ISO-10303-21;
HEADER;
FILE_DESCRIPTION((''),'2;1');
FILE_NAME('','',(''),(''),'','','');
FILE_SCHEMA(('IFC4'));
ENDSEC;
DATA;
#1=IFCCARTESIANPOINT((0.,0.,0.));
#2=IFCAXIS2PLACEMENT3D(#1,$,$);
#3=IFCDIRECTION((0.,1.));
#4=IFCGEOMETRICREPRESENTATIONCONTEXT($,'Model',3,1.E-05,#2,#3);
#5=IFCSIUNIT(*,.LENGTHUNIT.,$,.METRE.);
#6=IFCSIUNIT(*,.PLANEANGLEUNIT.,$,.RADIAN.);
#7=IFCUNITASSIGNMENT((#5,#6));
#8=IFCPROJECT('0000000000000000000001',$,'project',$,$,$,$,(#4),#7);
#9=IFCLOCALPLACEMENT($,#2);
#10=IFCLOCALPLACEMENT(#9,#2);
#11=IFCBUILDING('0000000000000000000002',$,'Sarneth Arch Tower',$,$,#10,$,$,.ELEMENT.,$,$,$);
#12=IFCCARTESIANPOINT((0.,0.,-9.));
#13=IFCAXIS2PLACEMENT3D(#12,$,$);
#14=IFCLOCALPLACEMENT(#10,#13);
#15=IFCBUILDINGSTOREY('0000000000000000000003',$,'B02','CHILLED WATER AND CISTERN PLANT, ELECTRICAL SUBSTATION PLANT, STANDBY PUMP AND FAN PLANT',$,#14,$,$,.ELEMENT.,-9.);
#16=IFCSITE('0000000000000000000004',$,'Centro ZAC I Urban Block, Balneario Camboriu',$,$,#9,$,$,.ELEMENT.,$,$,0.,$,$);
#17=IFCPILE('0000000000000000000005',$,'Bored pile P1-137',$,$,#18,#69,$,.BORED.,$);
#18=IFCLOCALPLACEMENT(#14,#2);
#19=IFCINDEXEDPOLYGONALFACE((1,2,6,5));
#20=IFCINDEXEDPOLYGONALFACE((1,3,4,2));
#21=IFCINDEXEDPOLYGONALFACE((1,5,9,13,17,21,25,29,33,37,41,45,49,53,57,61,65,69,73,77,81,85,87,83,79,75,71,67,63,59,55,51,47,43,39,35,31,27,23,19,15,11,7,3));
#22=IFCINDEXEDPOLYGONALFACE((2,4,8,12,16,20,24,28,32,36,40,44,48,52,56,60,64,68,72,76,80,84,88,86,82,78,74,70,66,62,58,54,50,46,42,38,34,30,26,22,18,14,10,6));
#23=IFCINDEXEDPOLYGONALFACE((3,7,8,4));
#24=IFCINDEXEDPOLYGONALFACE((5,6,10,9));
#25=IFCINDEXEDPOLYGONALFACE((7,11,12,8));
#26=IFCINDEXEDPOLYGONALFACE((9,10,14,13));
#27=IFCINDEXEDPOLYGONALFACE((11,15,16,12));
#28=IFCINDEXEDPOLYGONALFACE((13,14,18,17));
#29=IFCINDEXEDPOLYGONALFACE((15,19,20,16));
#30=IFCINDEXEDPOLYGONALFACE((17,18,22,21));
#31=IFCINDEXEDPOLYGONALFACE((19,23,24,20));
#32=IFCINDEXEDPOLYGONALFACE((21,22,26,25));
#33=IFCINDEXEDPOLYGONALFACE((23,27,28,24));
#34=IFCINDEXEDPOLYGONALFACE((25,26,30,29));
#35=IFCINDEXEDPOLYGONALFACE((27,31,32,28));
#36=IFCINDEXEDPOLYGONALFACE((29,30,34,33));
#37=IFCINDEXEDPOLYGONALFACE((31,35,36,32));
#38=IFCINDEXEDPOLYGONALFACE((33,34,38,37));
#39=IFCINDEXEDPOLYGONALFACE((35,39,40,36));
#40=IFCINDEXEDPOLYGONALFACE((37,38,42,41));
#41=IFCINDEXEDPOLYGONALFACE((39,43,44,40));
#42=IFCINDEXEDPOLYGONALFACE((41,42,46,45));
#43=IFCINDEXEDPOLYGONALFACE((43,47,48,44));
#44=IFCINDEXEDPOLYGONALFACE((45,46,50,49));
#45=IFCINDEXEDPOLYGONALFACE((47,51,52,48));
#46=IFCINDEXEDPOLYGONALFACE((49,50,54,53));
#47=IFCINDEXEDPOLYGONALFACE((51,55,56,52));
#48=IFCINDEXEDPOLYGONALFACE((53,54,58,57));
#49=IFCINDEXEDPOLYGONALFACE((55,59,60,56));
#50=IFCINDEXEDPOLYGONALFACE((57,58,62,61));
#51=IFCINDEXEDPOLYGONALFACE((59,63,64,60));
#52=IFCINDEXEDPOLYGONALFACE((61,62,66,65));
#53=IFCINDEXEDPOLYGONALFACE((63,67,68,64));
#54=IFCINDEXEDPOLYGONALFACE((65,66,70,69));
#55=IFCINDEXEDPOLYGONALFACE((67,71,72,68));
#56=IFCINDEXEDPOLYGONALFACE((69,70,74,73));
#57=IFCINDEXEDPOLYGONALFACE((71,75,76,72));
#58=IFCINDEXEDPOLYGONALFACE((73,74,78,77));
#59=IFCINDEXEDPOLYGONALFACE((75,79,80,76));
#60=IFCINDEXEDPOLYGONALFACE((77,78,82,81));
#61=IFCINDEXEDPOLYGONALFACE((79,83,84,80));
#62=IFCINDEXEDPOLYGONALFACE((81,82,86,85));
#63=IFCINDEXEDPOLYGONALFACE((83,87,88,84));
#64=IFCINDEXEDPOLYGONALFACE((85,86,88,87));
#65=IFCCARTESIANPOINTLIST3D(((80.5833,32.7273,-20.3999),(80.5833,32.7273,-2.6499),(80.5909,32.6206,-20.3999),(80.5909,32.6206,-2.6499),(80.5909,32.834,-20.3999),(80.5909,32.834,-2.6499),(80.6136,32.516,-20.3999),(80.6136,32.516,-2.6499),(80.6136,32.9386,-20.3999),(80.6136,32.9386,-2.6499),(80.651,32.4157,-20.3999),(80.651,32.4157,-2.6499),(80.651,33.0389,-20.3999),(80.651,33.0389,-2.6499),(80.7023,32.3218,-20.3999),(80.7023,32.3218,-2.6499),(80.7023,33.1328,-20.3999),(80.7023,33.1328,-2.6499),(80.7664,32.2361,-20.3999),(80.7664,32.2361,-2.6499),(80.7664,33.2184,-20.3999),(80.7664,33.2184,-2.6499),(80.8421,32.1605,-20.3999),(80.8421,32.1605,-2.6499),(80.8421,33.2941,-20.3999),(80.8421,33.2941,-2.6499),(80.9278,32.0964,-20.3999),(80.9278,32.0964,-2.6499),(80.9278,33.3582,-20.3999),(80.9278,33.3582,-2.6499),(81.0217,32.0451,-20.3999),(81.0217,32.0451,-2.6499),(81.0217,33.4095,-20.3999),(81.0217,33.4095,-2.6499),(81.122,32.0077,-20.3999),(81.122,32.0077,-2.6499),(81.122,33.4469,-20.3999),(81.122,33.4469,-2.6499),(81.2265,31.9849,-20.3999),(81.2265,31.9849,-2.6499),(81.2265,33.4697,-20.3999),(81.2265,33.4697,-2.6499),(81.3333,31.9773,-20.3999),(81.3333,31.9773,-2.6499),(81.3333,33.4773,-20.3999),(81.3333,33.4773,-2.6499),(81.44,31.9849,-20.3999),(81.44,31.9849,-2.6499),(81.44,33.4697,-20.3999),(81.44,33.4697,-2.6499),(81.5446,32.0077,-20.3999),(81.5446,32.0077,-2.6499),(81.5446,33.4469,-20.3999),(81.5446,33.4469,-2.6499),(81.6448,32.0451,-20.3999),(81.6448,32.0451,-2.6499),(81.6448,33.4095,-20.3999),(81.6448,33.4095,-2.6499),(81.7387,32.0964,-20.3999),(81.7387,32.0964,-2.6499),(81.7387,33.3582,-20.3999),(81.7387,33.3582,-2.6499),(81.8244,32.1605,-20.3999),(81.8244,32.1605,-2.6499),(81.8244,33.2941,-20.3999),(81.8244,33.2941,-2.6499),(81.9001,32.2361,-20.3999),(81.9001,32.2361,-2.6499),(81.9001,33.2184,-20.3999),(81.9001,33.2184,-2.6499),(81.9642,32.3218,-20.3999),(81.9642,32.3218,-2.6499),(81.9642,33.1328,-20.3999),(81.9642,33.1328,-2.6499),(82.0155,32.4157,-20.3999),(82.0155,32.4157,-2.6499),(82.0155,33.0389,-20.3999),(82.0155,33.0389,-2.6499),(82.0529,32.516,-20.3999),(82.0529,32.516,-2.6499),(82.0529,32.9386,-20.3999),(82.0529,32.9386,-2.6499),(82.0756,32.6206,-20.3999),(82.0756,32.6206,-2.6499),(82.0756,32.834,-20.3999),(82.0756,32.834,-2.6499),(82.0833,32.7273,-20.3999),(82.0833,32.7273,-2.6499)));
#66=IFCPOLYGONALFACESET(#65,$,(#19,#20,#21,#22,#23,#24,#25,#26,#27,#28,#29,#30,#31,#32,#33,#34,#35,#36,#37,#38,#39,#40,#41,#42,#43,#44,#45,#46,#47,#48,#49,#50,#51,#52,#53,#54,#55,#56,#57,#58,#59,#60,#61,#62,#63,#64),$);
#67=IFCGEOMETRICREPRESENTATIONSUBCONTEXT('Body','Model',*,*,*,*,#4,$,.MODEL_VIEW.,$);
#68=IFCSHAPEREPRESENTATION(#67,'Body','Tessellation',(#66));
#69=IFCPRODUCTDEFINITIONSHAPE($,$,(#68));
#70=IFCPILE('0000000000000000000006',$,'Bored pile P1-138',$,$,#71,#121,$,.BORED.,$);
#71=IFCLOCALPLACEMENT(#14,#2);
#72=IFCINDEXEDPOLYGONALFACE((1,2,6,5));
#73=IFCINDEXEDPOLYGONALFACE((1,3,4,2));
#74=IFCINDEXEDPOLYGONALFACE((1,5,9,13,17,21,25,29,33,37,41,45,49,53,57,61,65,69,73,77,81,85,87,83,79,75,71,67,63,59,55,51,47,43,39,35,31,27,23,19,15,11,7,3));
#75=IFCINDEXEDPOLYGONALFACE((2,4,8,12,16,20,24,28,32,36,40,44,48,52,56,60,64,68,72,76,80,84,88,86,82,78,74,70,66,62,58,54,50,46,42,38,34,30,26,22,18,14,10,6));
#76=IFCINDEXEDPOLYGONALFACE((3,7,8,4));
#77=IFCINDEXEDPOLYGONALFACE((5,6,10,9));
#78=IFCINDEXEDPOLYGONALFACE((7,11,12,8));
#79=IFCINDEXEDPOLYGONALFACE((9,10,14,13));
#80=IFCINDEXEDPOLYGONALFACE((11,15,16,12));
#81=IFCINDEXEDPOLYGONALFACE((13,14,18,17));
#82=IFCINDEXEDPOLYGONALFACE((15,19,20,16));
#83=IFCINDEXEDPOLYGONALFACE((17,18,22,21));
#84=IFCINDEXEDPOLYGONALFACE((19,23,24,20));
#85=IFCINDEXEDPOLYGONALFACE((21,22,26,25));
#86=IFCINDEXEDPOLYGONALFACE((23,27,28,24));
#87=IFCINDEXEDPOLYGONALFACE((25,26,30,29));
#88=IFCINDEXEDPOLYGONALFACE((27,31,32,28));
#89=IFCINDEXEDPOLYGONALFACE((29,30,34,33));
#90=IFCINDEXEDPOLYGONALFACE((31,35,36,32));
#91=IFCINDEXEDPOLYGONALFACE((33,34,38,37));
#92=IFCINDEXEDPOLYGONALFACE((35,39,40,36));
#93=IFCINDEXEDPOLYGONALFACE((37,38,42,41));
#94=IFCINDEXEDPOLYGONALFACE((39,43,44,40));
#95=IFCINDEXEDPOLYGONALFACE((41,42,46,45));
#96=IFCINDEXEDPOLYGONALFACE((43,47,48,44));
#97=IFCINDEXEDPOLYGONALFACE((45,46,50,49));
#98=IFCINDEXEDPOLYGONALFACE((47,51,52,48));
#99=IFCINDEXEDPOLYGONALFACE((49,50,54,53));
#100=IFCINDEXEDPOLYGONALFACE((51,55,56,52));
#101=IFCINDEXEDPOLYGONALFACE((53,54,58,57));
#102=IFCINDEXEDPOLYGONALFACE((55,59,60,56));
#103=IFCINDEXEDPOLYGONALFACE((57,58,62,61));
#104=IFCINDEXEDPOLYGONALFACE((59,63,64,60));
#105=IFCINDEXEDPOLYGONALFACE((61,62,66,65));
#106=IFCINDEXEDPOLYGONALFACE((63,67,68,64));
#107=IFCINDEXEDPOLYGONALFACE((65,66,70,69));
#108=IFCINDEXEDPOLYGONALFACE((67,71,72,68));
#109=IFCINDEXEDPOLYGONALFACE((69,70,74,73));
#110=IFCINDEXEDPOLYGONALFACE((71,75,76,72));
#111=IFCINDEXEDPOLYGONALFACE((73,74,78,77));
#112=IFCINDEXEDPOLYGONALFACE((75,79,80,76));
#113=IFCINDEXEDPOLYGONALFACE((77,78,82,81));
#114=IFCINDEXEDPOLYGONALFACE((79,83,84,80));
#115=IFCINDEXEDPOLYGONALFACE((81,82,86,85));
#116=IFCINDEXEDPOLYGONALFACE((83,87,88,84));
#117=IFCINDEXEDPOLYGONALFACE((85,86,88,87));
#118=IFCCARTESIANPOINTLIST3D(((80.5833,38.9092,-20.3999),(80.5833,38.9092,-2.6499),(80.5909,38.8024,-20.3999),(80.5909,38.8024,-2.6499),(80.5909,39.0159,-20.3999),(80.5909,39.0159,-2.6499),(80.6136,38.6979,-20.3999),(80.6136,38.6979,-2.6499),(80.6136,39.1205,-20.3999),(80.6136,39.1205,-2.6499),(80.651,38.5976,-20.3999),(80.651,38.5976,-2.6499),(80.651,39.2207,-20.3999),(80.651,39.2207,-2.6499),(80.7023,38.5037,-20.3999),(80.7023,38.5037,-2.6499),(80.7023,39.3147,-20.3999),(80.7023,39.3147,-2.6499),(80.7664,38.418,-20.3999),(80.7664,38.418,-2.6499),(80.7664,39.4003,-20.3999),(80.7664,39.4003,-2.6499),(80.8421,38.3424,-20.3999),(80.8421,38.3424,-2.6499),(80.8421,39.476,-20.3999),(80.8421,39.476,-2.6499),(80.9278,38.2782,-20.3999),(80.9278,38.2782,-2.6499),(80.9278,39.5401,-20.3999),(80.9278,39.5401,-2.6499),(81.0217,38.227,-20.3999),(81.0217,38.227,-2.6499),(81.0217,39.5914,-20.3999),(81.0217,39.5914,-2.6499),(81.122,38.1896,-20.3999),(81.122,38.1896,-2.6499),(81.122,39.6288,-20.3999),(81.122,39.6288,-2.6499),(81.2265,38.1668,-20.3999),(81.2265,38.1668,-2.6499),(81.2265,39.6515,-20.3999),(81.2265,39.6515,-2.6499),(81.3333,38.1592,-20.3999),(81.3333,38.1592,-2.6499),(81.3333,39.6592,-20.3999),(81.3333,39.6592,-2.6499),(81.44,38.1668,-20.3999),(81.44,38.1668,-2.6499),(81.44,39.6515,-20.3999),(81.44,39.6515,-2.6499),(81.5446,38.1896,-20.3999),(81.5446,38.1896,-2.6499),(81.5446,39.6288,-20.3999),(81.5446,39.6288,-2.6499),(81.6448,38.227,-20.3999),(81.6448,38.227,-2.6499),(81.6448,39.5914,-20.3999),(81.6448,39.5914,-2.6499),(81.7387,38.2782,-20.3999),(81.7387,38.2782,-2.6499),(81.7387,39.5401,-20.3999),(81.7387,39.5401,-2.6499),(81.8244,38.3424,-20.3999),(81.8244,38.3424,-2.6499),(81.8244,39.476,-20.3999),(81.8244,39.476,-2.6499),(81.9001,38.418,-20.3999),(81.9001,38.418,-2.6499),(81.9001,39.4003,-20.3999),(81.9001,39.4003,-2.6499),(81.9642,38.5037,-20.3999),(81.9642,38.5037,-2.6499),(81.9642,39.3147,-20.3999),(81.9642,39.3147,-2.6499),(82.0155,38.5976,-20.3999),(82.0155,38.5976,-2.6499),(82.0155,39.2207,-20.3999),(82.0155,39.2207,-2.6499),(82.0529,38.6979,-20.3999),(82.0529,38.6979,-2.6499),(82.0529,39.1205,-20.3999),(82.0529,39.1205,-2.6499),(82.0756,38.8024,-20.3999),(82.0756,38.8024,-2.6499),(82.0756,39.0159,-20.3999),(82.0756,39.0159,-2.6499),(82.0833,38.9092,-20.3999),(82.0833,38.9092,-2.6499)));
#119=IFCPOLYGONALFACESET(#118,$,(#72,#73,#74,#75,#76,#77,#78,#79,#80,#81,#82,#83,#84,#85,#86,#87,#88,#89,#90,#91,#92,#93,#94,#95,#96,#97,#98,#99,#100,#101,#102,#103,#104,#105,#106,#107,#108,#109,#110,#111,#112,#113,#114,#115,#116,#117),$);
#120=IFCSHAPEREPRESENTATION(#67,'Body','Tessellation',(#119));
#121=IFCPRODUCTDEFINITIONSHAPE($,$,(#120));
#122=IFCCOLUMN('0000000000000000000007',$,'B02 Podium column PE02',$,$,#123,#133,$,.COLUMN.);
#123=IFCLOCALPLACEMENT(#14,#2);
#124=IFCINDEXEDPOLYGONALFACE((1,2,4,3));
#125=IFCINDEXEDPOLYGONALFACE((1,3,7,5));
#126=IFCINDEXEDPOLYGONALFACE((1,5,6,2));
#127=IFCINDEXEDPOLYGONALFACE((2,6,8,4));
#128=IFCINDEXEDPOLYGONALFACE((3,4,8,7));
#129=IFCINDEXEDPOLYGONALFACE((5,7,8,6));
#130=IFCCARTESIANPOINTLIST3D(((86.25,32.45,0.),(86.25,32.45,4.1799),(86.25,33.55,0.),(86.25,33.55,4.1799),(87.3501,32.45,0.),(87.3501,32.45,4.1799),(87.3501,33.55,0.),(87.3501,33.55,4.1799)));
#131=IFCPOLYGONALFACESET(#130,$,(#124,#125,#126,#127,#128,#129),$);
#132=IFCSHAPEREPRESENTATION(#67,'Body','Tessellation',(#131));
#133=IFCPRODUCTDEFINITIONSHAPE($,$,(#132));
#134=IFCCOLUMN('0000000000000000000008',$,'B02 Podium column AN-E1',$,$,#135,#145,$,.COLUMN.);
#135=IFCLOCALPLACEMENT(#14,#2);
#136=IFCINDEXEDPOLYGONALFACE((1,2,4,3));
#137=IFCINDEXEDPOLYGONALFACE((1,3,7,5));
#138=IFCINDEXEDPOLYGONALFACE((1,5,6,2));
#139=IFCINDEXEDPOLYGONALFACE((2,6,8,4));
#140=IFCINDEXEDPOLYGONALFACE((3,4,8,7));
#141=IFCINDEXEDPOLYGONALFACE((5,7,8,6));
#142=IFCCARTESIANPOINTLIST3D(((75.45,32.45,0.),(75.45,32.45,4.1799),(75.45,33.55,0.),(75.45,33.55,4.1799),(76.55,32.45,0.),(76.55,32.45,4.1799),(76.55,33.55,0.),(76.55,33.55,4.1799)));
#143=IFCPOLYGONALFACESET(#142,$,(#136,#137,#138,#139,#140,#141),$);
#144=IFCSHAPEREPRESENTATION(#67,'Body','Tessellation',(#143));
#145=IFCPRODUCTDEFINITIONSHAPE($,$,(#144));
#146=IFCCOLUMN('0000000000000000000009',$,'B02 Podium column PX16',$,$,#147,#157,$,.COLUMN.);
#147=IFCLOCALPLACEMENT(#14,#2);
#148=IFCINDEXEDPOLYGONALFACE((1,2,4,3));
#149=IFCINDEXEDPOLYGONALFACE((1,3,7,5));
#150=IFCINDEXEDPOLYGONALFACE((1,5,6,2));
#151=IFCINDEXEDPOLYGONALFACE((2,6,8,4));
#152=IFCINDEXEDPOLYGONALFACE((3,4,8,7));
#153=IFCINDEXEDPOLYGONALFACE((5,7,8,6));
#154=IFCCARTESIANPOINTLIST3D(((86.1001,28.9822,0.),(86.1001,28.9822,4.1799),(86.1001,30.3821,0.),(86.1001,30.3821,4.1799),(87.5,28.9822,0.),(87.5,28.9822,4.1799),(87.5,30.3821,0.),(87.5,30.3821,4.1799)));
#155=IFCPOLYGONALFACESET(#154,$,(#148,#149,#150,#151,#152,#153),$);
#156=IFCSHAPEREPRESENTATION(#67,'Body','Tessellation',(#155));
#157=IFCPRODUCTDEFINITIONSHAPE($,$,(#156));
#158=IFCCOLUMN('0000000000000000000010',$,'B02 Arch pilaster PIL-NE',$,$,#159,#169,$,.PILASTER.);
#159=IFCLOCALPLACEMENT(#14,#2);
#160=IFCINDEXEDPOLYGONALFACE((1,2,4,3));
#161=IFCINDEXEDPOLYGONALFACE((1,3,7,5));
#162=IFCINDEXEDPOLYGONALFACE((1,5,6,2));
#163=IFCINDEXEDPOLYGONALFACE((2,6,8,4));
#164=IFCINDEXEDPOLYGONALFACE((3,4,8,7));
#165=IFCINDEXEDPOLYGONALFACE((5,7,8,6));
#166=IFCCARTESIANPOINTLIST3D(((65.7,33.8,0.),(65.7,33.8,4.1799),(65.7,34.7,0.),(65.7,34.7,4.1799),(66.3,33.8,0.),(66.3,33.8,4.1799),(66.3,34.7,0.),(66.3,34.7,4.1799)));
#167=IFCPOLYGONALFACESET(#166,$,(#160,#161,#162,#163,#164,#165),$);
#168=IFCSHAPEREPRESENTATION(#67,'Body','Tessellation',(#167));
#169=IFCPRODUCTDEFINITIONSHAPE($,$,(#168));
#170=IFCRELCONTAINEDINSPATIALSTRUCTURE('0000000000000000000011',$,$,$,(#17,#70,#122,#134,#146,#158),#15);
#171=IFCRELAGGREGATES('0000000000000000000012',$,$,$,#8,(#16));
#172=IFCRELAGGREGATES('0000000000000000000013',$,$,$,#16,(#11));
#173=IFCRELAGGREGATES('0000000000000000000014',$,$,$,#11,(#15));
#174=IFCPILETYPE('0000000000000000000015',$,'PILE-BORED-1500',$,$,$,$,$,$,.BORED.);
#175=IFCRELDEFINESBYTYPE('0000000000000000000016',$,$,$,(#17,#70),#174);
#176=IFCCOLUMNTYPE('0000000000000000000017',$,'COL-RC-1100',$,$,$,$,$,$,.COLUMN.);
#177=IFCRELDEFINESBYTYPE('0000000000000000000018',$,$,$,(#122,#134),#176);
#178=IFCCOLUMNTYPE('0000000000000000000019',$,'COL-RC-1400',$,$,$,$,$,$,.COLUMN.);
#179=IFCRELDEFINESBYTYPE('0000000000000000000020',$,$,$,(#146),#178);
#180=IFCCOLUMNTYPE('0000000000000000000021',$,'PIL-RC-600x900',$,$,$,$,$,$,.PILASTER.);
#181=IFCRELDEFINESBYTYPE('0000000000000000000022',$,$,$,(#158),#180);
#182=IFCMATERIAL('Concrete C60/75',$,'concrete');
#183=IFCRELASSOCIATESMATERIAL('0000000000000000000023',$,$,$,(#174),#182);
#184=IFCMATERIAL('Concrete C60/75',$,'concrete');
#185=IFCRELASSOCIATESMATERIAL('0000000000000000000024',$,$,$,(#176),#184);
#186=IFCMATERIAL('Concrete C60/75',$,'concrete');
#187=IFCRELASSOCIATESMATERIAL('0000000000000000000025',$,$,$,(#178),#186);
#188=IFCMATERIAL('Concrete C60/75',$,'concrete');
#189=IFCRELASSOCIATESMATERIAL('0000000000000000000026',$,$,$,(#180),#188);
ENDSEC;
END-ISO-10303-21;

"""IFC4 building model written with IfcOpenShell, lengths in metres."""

from ifc_helpers import new_model, si_unit, direction, frame, origin, origin_2d, place, context, subcontext, project, spatial, rectangle, circle, extrude, material, material_profile, profile_set, type_object, element, save


model = new_model("IFC4")

# Units and contexts
model_context = context("Model", 3, precision=1e-05, world=origin(), true_north=direction((0.0, 1.0)))
body_context = subcontext(model_context, "Body", "Model", "MODEL_VIEW")
ifc_project = project(units=[si_unit("LENGTHUNIT", "METRE"), si_unit("PLANEANGLEUNIT", "RADIAN")], contexts=[model_context])

# Site, building, storey
site_placement = place(None, origin())
site = spatial("IfcSite", under=ifc_project, at=site_placement, Name="Centro ZAC I Urban Block, Balneario Camboriu", CompositionType="ELEMENT", RefElevation=0.0)
building_placement = place(site_placement, origin())
building = spatial("IfcBuilding", under=site, at=building_placement, Name="Sarneth Arch Tower", CompositionType="ELEMENT")
storey_placement = place(building_placement, frame((0.0, 0.0, -9.0)))
storey = spatial("IfcBuildingStorey", under=building, at=storey_placement, Name="B02", Description="CHILLED WATER AND CISTERN PLANT, ELECTRICAL SUBSTATION PLANT, STANDBY PUMP AND FAN PLANT", CompositionType="ELEMENT", Elevation=-9.0)

# Piles
ifc_material_1 = material(Name="Concrete C60/75", Category="concrete")
ifc_material_profile_1 = material_profile(ifc_material_1, circle(Radius=0.75, at=origin_2d()), Name="PILE-D1500")
ifc_profile_set_1 = profile_set([ifc_material_profile_1], Name="Concrete C60/75")
pile_type_1 = type_object("IfcPileType", Name="PILE-BORED-1500", PredefinedType="BORED", material=ifc_profile_set_1)
for number, where, z_axis, x_axis, name in (
    (1, (81.3333, 32.7273, -2.6499), (0.0, 0.0, -1.0), (1.0, 0.0, 0.0), "Bored pile P1-137"),
    (2, (81.3333, 38.9092, -2.6499), (0.0, 0.0, -1.0), (1.0, 0.0, 0.0), "Bored pile P1-138"),
):
    element("IfcPile", number, at=place(storey_placement, frame(where, z_axis=z_axis, x_axis=x_axis)), inside=storey, type_object=pile_type_1, Name=name, PredefinedType="BORED", context=body_context, shape_type="SweptSolid", body=[
        extrude(circle(Radius=0.75, at=origin_2d()), origin(), (0.0, 0.0, 1.0), 17.75),
    ])

# Columns
ifc_material_2 = material(Name="Concrete C60/75", Category="concrete")
ifc_material_profile_2 = material_profile(ifc_material_2, rectangle(XDim=1.1001, YDim=1.1001, at=origin_2d()), Name="RC-1100x1100")
ifc_profile_set_2 = profile_set([ifc_material_profile_2], Name="Concrete C60/75")
column_type_1 = type_object("IfcColumnType", Name="COL-RC-1100", PredefinedType="COLUMN", material=ifc_profile_set_2)
for number, where, z_axis, x_axis, name in (
    (3, (86.8, 33.0, 0.0), (0.0, 0.0, 1.0), (1.0, 0.0, 0.0), "B02 Podium column PE02"),
    (4, (76.0, 33.0, 0.0), (0.0, 0.0, 1.0), (1.0, 0.0, 0.0), "B02 Podium column AN-E1"),
):
    element("IfcColumn", number, at=place(storey_placement, frame(where, z_axis=z_axis, x_axis=x_axis)), inside=storey, type_object=column_type_1, Name=name, PredefinedType="COLUMN", context=body_context, shape_type="SweptSolid", body=[
        extrude(rectangle(XDim=1.1001, YDim=1.1001, at=origin_2d()), origin(), (0.0, 0.0, 1.0), 4.1799),
    ])
ifc_material_3 = material(Name="Concrete C60/75", Category="concrete")
ifc_material_profile_3 = material_profile(ifc_material_3, rectangle(XDim=1.3999, YDim=1.3999, at=origin_2d()), Name="RC-1400x1400")
ifc_profile_set_3 = profile_set([ifc_material_profile_3], Name="Concrete C60/75")
column_type_2 = type_object("IfcColumnType", Name="COL-RC-1400", PredefinedType="COLUMN", material=ifc_profile_set_3)
column_1_placement = place(storey_placement, frame((86.8, 29.6821, 0.0), z_axis=(0.0, 0.0, 1.0), x_axis=(1.0, 0.0, 0.0)))
element("IfcColumn", 5, at=column_1_placement, inside=storey, type_object=column_type_2, Name="B02 Podium column PX16", PredefinedType="COLUMN", context=body_context, shape_type="SweptSolid", body=[
    extrude(rectangle(XDim=1.3999, YDim=1.3999, at=origin_2d()), origin(), (0.0, 0.0, 1.0), 4.1799),
])
ifc_material_4 = material(Name="Concrete C60/75", Category="concrete")
ifc_material_profile_4 = material_profile(ifc_material_4, rectangle(XDim=0.6001, YDim=0.8999, at=origin_2d()), Name="RC-600x900")
ifc_profile_set_4 = profile_set([ifc_material_profile_4], Name="Concrete C60/75")
column_type_3 = type_object("IfcColumnType", Name="PIL-RC-600x900", PredefinedType="PILASTER", material=ifc_profile_set_4)
column_2_placement = place(storey_placement, frame((66.0, 34.25, 0.0), z_axis=(0.0, 0.0, 1.0), x_axis=(1.0, 0.0, 0.0)))
element("IfcColumn", 6, at=column_2_placement, inside=storey, type_object=column_type_3, Name="B02 Arch pilaster PIL-NE", PredefinedType="PILASTER", context=body_context, shape_type="SweptSolid", body=[
    extrude(rectangle(XDim=0.6001, YDim=0.8999, at=origin_2d()), origin(), (0.0, 0.0, 1.0), 4.1799),
])

save(model, "model.ifc")
